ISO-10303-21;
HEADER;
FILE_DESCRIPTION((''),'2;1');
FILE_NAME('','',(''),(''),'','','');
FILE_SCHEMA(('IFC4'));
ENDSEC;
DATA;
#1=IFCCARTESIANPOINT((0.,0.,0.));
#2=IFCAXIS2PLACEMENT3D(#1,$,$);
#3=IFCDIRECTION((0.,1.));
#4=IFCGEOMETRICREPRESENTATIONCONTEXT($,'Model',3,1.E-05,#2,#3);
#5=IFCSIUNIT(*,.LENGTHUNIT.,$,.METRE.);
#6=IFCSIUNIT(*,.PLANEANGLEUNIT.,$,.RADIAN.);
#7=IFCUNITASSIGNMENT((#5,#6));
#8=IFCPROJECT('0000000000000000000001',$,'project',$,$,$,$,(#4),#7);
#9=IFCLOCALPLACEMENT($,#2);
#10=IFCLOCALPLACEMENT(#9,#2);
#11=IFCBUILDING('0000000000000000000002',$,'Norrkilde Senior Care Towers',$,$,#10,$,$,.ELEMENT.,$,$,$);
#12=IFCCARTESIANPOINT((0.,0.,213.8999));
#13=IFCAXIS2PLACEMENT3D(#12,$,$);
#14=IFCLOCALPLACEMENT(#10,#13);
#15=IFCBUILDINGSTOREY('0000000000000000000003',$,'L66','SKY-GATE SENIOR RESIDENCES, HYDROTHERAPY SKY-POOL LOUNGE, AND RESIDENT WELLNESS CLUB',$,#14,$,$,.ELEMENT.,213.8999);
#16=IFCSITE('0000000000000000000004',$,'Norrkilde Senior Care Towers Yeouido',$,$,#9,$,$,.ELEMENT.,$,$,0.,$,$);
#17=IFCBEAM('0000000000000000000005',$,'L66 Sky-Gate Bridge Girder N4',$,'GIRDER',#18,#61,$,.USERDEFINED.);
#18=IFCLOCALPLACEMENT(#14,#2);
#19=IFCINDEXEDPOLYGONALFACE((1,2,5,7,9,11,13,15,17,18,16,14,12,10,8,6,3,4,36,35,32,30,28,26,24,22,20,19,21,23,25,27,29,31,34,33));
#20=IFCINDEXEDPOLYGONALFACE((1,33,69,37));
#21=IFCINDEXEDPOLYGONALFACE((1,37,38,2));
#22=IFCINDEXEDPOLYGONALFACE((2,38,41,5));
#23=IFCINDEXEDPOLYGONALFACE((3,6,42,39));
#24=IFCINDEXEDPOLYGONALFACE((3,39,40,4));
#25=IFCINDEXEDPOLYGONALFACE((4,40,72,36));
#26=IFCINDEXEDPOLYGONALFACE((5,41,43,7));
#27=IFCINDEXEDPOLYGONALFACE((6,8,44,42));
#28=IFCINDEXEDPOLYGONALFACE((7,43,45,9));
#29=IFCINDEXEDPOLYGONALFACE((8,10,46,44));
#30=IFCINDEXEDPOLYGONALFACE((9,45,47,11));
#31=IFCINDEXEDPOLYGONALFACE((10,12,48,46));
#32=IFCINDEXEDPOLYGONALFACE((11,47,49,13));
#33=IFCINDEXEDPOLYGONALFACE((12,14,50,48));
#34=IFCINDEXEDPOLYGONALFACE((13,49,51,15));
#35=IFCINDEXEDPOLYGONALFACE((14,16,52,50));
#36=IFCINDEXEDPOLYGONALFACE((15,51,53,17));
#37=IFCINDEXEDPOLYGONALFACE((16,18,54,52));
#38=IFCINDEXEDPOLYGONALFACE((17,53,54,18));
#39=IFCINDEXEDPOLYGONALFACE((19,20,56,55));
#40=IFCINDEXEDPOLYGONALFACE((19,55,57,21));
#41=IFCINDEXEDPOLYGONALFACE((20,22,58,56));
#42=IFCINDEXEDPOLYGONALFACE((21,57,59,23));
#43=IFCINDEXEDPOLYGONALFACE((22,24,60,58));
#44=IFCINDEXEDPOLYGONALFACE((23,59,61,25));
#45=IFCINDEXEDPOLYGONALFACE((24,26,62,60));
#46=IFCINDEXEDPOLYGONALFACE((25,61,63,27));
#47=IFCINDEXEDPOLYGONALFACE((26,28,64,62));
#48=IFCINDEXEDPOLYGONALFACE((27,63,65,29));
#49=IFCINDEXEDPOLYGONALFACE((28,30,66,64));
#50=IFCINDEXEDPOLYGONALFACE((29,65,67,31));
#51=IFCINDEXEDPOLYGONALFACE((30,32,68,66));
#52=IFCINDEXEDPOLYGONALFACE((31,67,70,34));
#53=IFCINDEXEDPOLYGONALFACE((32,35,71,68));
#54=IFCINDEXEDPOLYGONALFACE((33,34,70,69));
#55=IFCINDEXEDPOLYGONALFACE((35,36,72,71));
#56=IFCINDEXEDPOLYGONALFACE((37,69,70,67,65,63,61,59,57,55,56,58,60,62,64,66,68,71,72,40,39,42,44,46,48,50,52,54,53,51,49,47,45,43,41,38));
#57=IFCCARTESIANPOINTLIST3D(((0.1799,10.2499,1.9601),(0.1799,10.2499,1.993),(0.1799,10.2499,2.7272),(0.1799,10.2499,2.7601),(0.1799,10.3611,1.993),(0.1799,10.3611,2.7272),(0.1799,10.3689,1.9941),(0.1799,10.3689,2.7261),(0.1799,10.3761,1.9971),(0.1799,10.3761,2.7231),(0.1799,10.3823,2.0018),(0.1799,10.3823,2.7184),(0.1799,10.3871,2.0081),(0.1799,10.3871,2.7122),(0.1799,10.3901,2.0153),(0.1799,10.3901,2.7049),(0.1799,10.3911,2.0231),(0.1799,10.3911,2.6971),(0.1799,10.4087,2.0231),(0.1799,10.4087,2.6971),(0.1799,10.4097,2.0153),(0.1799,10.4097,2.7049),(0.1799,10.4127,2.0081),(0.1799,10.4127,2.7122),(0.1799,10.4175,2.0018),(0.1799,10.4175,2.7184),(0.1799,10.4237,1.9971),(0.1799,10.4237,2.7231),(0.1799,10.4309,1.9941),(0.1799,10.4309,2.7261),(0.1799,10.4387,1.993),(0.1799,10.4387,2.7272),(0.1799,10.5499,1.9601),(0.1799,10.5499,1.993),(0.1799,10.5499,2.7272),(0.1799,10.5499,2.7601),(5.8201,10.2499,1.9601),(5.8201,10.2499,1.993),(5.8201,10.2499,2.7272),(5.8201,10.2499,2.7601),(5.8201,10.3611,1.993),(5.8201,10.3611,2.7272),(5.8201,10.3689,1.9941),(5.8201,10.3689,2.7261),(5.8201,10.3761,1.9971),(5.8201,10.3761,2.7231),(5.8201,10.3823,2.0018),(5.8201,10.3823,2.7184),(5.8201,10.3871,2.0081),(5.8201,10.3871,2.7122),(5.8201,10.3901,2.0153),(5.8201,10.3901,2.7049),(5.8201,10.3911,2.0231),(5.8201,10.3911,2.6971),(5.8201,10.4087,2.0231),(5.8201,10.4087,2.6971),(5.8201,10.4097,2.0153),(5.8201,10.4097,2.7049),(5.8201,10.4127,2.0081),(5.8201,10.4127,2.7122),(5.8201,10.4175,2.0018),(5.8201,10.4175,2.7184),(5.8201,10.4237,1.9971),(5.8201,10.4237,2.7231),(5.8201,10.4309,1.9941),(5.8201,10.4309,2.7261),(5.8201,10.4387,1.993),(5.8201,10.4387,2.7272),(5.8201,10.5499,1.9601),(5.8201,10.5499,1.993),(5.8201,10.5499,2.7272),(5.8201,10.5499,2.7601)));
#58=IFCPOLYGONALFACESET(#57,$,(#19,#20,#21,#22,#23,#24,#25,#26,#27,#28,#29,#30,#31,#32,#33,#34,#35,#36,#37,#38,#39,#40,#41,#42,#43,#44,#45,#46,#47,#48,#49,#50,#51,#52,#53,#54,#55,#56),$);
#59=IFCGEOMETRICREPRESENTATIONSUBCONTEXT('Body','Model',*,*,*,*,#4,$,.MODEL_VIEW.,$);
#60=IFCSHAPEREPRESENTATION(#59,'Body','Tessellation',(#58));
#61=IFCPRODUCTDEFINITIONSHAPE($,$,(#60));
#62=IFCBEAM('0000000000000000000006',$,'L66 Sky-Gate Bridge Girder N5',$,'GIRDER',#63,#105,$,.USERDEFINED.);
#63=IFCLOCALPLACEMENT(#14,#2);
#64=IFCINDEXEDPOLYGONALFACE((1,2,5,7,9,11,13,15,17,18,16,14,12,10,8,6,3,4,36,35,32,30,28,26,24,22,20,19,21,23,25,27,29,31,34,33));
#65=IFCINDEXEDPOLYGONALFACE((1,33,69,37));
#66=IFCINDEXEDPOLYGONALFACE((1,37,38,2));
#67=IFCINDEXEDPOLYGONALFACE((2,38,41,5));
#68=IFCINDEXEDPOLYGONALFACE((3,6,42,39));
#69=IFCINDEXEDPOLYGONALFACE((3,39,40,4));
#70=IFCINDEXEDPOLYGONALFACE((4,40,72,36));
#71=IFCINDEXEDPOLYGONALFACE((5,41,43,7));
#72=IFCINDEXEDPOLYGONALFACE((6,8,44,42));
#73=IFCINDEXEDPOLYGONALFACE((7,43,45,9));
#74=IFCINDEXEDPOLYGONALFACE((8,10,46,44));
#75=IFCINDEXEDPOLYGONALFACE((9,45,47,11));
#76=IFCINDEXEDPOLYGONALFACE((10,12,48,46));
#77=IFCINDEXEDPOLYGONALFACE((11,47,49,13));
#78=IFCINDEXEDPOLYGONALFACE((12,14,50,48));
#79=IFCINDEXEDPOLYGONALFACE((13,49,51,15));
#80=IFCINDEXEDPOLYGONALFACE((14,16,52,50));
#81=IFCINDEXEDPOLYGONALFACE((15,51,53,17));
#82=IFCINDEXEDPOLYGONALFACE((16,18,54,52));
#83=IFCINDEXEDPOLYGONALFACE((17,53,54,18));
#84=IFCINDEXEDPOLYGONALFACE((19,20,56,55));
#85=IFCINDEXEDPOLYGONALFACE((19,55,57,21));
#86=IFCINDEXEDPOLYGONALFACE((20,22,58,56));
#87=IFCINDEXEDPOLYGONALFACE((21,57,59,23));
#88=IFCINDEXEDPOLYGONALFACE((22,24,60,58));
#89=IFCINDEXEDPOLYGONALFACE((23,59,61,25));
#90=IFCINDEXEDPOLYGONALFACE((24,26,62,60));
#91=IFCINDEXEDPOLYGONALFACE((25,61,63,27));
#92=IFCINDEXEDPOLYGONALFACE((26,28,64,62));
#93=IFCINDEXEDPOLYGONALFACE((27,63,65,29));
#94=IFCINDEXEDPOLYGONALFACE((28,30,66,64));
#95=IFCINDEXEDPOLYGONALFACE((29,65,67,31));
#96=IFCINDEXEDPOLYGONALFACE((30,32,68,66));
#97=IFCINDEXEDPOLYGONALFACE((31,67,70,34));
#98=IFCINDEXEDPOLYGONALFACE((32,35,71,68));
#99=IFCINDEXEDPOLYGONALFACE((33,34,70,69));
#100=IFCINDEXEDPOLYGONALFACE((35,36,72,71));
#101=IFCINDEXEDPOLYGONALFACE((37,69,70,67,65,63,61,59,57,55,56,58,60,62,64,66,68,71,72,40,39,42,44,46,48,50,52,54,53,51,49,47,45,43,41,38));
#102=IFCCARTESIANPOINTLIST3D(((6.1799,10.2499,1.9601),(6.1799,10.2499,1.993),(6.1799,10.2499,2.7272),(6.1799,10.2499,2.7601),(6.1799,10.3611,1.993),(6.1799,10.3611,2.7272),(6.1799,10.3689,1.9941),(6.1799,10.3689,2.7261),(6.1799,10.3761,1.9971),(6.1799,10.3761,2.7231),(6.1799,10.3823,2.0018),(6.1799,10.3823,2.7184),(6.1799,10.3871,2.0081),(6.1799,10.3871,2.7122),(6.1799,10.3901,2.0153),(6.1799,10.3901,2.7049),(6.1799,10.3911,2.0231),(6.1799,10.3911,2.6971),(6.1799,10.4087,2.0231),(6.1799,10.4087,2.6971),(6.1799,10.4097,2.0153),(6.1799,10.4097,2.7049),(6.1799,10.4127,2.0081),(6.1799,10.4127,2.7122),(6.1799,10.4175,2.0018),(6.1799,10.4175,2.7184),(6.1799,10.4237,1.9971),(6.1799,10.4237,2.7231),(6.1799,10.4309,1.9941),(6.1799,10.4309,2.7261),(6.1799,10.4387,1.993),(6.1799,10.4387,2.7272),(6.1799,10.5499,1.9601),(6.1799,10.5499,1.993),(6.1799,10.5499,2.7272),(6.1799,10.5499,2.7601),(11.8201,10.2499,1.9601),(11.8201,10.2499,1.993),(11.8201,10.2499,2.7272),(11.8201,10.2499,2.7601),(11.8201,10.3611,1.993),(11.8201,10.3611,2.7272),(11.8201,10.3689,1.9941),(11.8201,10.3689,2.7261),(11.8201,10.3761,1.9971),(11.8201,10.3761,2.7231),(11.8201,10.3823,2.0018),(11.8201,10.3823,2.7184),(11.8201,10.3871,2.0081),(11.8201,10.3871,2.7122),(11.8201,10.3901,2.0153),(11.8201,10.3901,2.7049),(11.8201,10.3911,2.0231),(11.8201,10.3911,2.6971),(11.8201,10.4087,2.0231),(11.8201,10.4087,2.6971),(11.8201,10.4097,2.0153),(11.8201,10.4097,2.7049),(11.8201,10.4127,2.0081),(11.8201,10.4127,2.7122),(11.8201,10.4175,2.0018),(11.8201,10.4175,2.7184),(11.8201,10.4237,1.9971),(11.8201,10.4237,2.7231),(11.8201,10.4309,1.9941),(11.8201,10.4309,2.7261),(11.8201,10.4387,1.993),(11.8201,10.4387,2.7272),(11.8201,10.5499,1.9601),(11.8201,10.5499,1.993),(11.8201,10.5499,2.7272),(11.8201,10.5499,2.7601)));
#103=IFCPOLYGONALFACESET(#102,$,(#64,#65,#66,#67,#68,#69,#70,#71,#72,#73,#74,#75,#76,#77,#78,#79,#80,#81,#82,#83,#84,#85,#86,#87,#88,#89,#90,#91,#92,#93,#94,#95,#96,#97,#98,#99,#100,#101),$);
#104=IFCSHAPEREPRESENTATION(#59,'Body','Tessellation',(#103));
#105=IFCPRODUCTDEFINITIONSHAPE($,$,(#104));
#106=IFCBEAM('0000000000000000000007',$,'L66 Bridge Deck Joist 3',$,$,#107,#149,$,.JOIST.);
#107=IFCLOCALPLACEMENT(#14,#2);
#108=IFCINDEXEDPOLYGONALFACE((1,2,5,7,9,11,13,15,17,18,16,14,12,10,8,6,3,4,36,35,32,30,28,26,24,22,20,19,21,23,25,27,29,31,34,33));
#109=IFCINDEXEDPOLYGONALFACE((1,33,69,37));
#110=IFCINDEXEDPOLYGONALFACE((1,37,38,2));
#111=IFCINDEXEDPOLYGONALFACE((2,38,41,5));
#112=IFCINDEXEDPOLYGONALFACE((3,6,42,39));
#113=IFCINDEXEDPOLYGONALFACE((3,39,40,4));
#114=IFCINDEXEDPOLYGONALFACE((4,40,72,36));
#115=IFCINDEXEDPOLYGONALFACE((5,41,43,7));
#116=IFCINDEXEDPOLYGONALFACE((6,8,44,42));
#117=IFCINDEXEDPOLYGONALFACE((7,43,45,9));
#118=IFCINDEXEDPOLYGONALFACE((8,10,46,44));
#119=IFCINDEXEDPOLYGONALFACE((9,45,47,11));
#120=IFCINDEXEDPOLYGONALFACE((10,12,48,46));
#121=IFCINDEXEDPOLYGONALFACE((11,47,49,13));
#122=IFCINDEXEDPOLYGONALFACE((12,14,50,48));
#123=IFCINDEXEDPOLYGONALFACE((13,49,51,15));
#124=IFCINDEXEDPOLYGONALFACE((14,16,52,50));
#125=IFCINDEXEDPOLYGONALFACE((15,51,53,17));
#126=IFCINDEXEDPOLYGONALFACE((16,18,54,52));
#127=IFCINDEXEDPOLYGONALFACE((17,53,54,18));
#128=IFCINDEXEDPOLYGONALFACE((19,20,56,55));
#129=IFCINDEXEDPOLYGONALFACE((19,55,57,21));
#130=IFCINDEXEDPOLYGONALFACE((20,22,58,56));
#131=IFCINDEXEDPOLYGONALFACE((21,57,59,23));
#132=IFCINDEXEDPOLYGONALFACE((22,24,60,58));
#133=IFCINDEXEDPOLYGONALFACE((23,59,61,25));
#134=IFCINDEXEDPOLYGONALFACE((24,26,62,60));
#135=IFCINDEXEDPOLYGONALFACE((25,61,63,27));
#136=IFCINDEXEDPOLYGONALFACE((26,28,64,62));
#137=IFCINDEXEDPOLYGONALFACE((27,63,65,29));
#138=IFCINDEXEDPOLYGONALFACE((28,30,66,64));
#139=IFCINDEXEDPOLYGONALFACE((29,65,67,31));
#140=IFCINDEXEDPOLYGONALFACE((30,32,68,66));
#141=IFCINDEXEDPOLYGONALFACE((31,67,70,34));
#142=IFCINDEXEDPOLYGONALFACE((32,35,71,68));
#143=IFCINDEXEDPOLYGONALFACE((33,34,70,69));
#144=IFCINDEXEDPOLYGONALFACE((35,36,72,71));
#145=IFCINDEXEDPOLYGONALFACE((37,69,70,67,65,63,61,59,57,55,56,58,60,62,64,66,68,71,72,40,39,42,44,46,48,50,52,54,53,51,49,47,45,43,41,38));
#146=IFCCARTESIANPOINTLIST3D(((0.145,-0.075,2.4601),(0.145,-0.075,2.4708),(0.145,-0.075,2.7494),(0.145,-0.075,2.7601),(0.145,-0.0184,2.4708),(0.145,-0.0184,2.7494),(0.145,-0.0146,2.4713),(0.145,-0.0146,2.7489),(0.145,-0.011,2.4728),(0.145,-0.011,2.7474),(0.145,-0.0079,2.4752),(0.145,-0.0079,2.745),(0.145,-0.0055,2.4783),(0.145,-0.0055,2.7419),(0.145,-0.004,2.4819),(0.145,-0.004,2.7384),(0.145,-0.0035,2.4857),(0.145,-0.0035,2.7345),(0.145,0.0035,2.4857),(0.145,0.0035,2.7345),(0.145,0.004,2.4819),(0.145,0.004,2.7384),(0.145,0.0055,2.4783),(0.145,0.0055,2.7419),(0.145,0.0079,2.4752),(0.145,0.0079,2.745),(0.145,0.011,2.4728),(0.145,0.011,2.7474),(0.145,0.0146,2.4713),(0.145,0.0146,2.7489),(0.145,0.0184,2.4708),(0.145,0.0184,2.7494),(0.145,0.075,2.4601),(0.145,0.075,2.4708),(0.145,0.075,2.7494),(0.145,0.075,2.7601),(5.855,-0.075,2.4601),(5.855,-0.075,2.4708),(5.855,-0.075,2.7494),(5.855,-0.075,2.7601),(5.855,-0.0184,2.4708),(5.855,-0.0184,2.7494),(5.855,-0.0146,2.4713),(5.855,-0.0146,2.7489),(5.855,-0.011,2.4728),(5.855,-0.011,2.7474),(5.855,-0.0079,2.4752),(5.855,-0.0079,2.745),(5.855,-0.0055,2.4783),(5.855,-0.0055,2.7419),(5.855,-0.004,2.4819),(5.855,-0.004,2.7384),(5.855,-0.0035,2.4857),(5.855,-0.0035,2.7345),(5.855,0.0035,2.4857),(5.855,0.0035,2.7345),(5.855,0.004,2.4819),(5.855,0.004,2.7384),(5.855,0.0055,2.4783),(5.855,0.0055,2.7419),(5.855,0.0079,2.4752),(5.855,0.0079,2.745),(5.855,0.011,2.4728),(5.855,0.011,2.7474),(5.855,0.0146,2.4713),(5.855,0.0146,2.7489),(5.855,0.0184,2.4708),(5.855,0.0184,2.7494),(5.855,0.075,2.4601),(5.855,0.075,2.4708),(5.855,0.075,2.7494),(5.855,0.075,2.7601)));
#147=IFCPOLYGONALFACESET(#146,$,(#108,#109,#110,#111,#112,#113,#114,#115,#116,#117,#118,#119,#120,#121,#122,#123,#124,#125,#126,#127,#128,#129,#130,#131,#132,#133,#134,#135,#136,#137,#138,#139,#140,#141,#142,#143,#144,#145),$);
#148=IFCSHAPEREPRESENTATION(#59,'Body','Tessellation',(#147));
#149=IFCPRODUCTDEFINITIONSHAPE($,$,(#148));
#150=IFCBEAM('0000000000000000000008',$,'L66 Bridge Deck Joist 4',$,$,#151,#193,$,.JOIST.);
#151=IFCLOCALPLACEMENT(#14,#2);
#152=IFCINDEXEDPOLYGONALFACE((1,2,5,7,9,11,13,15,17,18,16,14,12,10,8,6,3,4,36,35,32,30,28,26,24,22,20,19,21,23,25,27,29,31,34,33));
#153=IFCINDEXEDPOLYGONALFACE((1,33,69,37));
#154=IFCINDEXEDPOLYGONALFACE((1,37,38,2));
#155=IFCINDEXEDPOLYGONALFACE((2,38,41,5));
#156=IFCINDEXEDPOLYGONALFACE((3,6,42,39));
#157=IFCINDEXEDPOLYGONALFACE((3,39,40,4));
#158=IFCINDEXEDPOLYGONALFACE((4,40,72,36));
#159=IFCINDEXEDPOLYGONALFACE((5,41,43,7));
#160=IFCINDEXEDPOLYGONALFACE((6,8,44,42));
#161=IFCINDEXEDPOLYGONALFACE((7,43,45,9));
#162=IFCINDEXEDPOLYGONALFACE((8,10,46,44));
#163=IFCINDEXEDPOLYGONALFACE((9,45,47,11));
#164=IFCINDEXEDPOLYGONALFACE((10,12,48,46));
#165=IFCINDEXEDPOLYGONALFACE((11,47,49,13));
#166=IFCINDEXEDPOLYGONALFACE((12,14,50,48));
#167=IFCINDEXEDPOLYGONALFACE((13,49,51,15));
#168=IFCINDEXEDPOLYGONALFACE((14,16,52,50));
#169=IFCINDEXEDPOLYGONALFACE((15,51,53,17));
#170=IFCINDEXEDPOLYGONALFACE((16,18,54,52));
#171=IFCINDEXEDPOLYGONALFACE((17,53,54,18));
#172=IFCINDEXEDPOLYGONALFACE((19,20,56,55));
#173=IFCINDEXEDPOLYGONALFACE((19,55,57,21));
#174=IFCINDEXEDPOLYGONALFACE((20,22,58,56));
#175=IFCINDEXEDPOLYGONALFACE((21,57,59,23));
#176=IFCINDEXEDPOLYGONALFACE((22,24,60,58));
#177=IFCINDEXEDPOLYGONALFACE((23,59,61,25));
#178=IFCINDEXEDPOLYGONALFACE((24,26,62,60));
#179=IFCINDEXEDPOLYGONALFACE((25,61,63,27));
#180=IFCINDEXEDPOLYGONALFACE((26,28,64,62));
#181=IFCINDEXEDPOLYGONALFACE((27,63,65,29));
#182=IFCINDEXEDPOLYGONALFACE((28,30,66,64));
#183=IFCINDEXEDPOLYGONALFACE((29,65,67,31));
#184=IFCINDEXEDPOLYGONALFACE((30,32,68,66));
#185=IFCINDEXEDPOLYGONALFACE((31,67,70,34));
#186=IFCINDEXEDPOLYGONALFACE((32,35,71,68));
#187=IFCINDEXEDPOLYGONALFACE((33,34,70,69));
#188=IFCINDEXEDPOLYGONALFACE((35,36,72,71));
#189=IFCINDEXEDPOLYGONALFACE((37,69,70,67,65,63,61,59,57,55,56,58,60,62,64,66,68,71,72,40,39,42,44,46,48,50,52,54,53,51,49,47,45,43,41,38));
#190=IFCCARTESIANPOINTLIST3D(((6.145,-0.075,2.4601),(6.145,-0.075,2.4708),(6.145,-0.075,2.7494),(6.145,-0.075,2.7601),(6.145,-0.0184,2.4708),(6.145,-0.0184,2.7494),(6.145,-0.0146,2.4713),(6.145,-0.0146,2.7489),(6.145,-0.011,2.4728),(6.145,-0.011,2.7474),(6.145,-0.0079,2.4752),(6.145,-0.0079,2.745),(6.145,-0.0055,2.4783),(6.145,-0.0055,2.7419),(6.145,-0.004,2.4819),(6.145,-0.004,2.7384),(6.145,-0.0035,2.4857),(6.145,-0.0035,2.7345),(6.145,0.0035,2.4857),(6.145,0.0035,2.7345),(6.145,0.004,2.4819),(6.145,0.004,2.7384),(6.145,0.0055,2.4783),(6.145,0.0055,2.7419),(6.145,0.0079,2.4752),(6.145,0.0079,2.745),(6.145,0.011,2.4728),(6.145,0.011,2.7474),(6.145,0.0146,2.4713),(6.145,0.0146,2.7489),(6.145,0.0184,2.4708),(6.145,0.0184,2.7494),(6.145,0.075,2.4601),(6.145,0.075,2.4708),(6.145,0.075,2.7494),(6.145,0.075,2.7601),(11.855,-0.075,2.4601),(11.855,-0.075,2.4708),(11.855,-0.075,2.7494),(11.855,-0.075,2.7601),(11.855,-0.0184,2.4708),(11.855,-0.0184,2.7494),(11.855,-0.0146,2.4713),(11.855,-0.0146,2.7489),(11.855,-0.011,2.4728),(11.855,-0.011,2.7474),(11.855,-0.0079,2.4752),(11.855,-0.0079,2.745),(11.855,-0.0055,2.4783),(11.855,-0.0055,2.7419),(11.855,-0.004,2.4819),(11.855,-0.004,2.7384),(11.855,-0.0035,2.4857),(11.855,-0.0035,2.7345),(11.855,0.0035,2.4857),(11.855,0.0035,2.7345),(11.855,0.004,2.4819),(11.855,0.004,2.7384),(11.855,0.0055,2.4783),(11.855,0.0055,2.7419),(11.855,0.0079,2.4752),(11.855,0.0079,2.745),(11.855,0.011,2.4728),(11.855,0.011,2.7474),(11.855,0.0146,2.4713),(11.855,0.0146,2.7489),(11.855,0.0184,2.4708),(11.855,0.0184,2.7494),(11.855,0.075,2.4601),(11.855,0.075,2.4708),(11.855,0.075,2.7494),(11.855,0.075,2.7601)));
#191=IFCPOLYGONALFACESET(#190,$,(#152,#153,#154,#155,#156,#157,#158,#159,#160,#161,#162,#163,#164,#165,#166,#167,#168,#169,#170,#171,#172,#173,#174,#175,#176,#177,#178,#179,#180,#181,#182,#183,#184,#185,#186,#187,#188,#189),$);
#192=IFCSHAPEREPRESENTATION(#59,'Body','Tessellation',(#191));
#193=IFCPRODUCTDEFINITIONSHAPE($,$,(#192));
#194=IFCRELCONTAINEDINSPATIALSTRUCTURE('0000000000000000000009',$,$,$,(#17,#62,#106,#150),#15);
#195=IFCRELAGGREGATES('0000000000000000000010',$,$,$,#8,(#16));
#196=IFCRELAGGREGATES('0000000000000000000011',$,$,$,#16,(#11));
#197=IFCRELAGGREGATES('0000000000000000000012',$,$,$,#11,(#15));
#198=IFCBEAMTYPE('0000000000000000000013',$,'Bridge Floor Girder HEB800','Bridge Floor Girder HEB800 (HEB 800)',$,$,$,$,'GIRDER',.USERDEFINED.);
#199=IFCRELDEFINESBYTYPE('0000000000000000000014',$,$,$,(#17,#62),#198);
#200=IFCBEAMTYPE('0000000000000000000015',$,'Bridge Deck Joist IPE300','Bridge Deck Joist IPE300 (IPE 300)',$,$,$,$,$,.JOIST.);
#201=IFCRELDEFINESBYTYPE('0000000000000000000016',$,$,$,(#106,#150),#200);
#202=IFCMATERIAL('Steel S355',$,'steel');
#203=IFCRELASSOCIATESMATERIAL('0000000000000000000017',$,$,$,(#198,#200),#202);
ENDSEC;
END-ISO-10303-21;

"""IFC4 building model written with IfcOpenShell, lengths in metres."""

from ifc_helpers import new_model, si_unit, direction, frame, origin, origin_2d, place, context, subcontext, project, spatial, i_section, extrude, source, transform, mapped, material, material_profile, profile_set, type_object, type_shapes, element, save


model = new_model("IFC4")

# Units and contexts
model_context = context("Model", 3, precision=1e-05, world=origin(), true_north=direction((0.0, 1.0)))
body_context = subcontext(model_context, "Body", "Model", "MODEL_VIEW")
ifc_project = project(units=[si_unit("LENGTHUNIT", "METRE"), si_unit("PLANEANGLEUNIT", "RADIAN")], contexts=[model_context])

# Site, building, storey
site_placement = place(None, origin())
site = spatial("IfcSite", under=ifc_project, at=site_placement, Name="Norrkilde Senior Care Towers Yeouido", CompositionType="ELEMENT", RefElevation=0.0)
building_placement = place(site_placement, origin())
building = spatial("IfcBuilding", under=site, at=building_placement, Name="Norrkilde Senior Care Towers", CompositionType="ELEMENT")
storey_placement = place(building_placement, frame((0.0, 0.0, 213.8999)))
storey = spatial("IfcBuildingStorey", under=building, at=storey_placement, Name="L66", Description="SKY-GATE SENIOR RESIDENCES, HYDROTHERAPY SKY-POOL LOUNGE, AND RESIDENT WELLNESS CLUB", CompositionType="ELEMENT", Elevation=213.8999)

# Shared definitions
ifc_material_1 = material(Name="Steel S355", Category="steel")

# Beams
ifc_material_profile_1 = material_profile(ifc_material_1, i_section(OverallWidth=0.3, OverallDepth=0.8, WebThickness=0.0176, FlangeThickness=0.033, FilletRadius=0.03, at=origin_2d()), Name="HEB 800")
ifc_profile_set_1 = profile_set([ifc_material_profile_1], Name="Steel S355")
beam_type_1 = type_object("IfcBeamType", Name="Bridge Floor Girder HEB800", Description="Bridge Floor Girder HEB800 (HEB 800)", ElementType="GIRDER", PredefinedType="USERDEFINED", material=ifc_profile_set_1)
shared_shape_1 = source(origin(), body_context, "Body", "SweptSolid", [
    extrude(i_section(OverallWidth=0.3, OverallDepth=0.8, WebThickness=0.0176, FlangeThickness=0.033, FilletRadius=0.03, at=origin_2d()), origin(), (0.0, 0.0, 1.0), 5.6401),
])
type_shapes(beam_type_1, [shared_shape_1])
for number, where, z_axis, x_axis, name in (
    (1, (0.1799, 10.3999, 2.3601), (1.0, 0.0, 0.0), (0.0, 1.0, 0.0), "L66 Sky-Gate Bridge Girder N4"),
    (2, (6.1799, 10.3999, 2.3601), (1.0, 0.0, 0.0), (0.0, 1.0, 0.0), "L66 Sky-Gate Bridge Girder N5"),
):
    element("IfcBeam", number, at=place(storey_placement, frame(where, z_axis=z_axis, x_axis=x_axis)), inside=storey, type_object=beam_type_1, Name=name, ObjectType="GIRDER", PredefinedType="USERDEFINED", context=body_context, shape_type="MappedRepresentation", body=[
        mapped(shared_shape_1, transform((0.0, 0.0, 0.0), x_axis=(1.0, 0.0, 0.0), y_axis=(0.0, 1.0, 0.0), z_axis=(0.0, 0.0, 1.0), scale=1.0)),
    ])
ifc_material_profile_2 = material_profile(ifc_material_1, i_section(OverallWidth=0.1499, OverallDepth=0.3, WebThickness=0.0071, FlangeThickness=0.0107, FilletRadius=0.0149, at=origin_2d()), Name="IPE 300")
ifc_profile_set_2 = profile_set([ifc_material_profile_2], Name="Steel S355")
beam_type_2 = type_object("IfcBeamType", Name="Bridge Deck Joist IPE300", Description="Bridge Deck Joist IPE300 (IPE 300)", PredefinedType="JOIST", material=ifc_profile_set_2)
shared_shape_2 = source(origin(), body_context, "Body", "SweptSolid", [
    extrude(i_section(OverallWidth=0.1499, OverallDepth=0.3, WebThickness=0.0071, FlangeThickness=0.0107, FilletRadius=0.0149, at=origin_2d()), origin(), (0.0, 0.0, 1.0), 5.71),
])
type_shapes(beam_type_2, [shared_shape_2])
for number, where, z_axis, x_axis, name in (
    (3, (0.145, 0.0, 2.6101), (1.0, 0.0, 0.0), (0.0, 1.0, 0.0), "L66 Bridge Deck Joist 3"),
    (4, (6.145, 0.0, 2.6101), (1.0, 0.0, 0.0), (0.0, 1.0, 0.0), "L66 Bridge Deck Joist 4"),
):
    element("IfcBeam", number, at=place(storey_placement, frame(where, z_axis=z_axis, x_axis=x_axis)), inside=storey, type_object=beam_type_2, Name=name, PredefinedType="JOIST", context=body_context, shape_type="MappedRepresentation", body=[
        mapped(shared_shape_2, transform((0.0, 0.0, 0.0), x_axis=(1.0, 0.0, 0.0), y_axis=(0.0, 1.0, 0.0), z_axis=(0.0, 0.0, 1.0), scale=1.0)),
    ])

save(model, "model.ifc")
